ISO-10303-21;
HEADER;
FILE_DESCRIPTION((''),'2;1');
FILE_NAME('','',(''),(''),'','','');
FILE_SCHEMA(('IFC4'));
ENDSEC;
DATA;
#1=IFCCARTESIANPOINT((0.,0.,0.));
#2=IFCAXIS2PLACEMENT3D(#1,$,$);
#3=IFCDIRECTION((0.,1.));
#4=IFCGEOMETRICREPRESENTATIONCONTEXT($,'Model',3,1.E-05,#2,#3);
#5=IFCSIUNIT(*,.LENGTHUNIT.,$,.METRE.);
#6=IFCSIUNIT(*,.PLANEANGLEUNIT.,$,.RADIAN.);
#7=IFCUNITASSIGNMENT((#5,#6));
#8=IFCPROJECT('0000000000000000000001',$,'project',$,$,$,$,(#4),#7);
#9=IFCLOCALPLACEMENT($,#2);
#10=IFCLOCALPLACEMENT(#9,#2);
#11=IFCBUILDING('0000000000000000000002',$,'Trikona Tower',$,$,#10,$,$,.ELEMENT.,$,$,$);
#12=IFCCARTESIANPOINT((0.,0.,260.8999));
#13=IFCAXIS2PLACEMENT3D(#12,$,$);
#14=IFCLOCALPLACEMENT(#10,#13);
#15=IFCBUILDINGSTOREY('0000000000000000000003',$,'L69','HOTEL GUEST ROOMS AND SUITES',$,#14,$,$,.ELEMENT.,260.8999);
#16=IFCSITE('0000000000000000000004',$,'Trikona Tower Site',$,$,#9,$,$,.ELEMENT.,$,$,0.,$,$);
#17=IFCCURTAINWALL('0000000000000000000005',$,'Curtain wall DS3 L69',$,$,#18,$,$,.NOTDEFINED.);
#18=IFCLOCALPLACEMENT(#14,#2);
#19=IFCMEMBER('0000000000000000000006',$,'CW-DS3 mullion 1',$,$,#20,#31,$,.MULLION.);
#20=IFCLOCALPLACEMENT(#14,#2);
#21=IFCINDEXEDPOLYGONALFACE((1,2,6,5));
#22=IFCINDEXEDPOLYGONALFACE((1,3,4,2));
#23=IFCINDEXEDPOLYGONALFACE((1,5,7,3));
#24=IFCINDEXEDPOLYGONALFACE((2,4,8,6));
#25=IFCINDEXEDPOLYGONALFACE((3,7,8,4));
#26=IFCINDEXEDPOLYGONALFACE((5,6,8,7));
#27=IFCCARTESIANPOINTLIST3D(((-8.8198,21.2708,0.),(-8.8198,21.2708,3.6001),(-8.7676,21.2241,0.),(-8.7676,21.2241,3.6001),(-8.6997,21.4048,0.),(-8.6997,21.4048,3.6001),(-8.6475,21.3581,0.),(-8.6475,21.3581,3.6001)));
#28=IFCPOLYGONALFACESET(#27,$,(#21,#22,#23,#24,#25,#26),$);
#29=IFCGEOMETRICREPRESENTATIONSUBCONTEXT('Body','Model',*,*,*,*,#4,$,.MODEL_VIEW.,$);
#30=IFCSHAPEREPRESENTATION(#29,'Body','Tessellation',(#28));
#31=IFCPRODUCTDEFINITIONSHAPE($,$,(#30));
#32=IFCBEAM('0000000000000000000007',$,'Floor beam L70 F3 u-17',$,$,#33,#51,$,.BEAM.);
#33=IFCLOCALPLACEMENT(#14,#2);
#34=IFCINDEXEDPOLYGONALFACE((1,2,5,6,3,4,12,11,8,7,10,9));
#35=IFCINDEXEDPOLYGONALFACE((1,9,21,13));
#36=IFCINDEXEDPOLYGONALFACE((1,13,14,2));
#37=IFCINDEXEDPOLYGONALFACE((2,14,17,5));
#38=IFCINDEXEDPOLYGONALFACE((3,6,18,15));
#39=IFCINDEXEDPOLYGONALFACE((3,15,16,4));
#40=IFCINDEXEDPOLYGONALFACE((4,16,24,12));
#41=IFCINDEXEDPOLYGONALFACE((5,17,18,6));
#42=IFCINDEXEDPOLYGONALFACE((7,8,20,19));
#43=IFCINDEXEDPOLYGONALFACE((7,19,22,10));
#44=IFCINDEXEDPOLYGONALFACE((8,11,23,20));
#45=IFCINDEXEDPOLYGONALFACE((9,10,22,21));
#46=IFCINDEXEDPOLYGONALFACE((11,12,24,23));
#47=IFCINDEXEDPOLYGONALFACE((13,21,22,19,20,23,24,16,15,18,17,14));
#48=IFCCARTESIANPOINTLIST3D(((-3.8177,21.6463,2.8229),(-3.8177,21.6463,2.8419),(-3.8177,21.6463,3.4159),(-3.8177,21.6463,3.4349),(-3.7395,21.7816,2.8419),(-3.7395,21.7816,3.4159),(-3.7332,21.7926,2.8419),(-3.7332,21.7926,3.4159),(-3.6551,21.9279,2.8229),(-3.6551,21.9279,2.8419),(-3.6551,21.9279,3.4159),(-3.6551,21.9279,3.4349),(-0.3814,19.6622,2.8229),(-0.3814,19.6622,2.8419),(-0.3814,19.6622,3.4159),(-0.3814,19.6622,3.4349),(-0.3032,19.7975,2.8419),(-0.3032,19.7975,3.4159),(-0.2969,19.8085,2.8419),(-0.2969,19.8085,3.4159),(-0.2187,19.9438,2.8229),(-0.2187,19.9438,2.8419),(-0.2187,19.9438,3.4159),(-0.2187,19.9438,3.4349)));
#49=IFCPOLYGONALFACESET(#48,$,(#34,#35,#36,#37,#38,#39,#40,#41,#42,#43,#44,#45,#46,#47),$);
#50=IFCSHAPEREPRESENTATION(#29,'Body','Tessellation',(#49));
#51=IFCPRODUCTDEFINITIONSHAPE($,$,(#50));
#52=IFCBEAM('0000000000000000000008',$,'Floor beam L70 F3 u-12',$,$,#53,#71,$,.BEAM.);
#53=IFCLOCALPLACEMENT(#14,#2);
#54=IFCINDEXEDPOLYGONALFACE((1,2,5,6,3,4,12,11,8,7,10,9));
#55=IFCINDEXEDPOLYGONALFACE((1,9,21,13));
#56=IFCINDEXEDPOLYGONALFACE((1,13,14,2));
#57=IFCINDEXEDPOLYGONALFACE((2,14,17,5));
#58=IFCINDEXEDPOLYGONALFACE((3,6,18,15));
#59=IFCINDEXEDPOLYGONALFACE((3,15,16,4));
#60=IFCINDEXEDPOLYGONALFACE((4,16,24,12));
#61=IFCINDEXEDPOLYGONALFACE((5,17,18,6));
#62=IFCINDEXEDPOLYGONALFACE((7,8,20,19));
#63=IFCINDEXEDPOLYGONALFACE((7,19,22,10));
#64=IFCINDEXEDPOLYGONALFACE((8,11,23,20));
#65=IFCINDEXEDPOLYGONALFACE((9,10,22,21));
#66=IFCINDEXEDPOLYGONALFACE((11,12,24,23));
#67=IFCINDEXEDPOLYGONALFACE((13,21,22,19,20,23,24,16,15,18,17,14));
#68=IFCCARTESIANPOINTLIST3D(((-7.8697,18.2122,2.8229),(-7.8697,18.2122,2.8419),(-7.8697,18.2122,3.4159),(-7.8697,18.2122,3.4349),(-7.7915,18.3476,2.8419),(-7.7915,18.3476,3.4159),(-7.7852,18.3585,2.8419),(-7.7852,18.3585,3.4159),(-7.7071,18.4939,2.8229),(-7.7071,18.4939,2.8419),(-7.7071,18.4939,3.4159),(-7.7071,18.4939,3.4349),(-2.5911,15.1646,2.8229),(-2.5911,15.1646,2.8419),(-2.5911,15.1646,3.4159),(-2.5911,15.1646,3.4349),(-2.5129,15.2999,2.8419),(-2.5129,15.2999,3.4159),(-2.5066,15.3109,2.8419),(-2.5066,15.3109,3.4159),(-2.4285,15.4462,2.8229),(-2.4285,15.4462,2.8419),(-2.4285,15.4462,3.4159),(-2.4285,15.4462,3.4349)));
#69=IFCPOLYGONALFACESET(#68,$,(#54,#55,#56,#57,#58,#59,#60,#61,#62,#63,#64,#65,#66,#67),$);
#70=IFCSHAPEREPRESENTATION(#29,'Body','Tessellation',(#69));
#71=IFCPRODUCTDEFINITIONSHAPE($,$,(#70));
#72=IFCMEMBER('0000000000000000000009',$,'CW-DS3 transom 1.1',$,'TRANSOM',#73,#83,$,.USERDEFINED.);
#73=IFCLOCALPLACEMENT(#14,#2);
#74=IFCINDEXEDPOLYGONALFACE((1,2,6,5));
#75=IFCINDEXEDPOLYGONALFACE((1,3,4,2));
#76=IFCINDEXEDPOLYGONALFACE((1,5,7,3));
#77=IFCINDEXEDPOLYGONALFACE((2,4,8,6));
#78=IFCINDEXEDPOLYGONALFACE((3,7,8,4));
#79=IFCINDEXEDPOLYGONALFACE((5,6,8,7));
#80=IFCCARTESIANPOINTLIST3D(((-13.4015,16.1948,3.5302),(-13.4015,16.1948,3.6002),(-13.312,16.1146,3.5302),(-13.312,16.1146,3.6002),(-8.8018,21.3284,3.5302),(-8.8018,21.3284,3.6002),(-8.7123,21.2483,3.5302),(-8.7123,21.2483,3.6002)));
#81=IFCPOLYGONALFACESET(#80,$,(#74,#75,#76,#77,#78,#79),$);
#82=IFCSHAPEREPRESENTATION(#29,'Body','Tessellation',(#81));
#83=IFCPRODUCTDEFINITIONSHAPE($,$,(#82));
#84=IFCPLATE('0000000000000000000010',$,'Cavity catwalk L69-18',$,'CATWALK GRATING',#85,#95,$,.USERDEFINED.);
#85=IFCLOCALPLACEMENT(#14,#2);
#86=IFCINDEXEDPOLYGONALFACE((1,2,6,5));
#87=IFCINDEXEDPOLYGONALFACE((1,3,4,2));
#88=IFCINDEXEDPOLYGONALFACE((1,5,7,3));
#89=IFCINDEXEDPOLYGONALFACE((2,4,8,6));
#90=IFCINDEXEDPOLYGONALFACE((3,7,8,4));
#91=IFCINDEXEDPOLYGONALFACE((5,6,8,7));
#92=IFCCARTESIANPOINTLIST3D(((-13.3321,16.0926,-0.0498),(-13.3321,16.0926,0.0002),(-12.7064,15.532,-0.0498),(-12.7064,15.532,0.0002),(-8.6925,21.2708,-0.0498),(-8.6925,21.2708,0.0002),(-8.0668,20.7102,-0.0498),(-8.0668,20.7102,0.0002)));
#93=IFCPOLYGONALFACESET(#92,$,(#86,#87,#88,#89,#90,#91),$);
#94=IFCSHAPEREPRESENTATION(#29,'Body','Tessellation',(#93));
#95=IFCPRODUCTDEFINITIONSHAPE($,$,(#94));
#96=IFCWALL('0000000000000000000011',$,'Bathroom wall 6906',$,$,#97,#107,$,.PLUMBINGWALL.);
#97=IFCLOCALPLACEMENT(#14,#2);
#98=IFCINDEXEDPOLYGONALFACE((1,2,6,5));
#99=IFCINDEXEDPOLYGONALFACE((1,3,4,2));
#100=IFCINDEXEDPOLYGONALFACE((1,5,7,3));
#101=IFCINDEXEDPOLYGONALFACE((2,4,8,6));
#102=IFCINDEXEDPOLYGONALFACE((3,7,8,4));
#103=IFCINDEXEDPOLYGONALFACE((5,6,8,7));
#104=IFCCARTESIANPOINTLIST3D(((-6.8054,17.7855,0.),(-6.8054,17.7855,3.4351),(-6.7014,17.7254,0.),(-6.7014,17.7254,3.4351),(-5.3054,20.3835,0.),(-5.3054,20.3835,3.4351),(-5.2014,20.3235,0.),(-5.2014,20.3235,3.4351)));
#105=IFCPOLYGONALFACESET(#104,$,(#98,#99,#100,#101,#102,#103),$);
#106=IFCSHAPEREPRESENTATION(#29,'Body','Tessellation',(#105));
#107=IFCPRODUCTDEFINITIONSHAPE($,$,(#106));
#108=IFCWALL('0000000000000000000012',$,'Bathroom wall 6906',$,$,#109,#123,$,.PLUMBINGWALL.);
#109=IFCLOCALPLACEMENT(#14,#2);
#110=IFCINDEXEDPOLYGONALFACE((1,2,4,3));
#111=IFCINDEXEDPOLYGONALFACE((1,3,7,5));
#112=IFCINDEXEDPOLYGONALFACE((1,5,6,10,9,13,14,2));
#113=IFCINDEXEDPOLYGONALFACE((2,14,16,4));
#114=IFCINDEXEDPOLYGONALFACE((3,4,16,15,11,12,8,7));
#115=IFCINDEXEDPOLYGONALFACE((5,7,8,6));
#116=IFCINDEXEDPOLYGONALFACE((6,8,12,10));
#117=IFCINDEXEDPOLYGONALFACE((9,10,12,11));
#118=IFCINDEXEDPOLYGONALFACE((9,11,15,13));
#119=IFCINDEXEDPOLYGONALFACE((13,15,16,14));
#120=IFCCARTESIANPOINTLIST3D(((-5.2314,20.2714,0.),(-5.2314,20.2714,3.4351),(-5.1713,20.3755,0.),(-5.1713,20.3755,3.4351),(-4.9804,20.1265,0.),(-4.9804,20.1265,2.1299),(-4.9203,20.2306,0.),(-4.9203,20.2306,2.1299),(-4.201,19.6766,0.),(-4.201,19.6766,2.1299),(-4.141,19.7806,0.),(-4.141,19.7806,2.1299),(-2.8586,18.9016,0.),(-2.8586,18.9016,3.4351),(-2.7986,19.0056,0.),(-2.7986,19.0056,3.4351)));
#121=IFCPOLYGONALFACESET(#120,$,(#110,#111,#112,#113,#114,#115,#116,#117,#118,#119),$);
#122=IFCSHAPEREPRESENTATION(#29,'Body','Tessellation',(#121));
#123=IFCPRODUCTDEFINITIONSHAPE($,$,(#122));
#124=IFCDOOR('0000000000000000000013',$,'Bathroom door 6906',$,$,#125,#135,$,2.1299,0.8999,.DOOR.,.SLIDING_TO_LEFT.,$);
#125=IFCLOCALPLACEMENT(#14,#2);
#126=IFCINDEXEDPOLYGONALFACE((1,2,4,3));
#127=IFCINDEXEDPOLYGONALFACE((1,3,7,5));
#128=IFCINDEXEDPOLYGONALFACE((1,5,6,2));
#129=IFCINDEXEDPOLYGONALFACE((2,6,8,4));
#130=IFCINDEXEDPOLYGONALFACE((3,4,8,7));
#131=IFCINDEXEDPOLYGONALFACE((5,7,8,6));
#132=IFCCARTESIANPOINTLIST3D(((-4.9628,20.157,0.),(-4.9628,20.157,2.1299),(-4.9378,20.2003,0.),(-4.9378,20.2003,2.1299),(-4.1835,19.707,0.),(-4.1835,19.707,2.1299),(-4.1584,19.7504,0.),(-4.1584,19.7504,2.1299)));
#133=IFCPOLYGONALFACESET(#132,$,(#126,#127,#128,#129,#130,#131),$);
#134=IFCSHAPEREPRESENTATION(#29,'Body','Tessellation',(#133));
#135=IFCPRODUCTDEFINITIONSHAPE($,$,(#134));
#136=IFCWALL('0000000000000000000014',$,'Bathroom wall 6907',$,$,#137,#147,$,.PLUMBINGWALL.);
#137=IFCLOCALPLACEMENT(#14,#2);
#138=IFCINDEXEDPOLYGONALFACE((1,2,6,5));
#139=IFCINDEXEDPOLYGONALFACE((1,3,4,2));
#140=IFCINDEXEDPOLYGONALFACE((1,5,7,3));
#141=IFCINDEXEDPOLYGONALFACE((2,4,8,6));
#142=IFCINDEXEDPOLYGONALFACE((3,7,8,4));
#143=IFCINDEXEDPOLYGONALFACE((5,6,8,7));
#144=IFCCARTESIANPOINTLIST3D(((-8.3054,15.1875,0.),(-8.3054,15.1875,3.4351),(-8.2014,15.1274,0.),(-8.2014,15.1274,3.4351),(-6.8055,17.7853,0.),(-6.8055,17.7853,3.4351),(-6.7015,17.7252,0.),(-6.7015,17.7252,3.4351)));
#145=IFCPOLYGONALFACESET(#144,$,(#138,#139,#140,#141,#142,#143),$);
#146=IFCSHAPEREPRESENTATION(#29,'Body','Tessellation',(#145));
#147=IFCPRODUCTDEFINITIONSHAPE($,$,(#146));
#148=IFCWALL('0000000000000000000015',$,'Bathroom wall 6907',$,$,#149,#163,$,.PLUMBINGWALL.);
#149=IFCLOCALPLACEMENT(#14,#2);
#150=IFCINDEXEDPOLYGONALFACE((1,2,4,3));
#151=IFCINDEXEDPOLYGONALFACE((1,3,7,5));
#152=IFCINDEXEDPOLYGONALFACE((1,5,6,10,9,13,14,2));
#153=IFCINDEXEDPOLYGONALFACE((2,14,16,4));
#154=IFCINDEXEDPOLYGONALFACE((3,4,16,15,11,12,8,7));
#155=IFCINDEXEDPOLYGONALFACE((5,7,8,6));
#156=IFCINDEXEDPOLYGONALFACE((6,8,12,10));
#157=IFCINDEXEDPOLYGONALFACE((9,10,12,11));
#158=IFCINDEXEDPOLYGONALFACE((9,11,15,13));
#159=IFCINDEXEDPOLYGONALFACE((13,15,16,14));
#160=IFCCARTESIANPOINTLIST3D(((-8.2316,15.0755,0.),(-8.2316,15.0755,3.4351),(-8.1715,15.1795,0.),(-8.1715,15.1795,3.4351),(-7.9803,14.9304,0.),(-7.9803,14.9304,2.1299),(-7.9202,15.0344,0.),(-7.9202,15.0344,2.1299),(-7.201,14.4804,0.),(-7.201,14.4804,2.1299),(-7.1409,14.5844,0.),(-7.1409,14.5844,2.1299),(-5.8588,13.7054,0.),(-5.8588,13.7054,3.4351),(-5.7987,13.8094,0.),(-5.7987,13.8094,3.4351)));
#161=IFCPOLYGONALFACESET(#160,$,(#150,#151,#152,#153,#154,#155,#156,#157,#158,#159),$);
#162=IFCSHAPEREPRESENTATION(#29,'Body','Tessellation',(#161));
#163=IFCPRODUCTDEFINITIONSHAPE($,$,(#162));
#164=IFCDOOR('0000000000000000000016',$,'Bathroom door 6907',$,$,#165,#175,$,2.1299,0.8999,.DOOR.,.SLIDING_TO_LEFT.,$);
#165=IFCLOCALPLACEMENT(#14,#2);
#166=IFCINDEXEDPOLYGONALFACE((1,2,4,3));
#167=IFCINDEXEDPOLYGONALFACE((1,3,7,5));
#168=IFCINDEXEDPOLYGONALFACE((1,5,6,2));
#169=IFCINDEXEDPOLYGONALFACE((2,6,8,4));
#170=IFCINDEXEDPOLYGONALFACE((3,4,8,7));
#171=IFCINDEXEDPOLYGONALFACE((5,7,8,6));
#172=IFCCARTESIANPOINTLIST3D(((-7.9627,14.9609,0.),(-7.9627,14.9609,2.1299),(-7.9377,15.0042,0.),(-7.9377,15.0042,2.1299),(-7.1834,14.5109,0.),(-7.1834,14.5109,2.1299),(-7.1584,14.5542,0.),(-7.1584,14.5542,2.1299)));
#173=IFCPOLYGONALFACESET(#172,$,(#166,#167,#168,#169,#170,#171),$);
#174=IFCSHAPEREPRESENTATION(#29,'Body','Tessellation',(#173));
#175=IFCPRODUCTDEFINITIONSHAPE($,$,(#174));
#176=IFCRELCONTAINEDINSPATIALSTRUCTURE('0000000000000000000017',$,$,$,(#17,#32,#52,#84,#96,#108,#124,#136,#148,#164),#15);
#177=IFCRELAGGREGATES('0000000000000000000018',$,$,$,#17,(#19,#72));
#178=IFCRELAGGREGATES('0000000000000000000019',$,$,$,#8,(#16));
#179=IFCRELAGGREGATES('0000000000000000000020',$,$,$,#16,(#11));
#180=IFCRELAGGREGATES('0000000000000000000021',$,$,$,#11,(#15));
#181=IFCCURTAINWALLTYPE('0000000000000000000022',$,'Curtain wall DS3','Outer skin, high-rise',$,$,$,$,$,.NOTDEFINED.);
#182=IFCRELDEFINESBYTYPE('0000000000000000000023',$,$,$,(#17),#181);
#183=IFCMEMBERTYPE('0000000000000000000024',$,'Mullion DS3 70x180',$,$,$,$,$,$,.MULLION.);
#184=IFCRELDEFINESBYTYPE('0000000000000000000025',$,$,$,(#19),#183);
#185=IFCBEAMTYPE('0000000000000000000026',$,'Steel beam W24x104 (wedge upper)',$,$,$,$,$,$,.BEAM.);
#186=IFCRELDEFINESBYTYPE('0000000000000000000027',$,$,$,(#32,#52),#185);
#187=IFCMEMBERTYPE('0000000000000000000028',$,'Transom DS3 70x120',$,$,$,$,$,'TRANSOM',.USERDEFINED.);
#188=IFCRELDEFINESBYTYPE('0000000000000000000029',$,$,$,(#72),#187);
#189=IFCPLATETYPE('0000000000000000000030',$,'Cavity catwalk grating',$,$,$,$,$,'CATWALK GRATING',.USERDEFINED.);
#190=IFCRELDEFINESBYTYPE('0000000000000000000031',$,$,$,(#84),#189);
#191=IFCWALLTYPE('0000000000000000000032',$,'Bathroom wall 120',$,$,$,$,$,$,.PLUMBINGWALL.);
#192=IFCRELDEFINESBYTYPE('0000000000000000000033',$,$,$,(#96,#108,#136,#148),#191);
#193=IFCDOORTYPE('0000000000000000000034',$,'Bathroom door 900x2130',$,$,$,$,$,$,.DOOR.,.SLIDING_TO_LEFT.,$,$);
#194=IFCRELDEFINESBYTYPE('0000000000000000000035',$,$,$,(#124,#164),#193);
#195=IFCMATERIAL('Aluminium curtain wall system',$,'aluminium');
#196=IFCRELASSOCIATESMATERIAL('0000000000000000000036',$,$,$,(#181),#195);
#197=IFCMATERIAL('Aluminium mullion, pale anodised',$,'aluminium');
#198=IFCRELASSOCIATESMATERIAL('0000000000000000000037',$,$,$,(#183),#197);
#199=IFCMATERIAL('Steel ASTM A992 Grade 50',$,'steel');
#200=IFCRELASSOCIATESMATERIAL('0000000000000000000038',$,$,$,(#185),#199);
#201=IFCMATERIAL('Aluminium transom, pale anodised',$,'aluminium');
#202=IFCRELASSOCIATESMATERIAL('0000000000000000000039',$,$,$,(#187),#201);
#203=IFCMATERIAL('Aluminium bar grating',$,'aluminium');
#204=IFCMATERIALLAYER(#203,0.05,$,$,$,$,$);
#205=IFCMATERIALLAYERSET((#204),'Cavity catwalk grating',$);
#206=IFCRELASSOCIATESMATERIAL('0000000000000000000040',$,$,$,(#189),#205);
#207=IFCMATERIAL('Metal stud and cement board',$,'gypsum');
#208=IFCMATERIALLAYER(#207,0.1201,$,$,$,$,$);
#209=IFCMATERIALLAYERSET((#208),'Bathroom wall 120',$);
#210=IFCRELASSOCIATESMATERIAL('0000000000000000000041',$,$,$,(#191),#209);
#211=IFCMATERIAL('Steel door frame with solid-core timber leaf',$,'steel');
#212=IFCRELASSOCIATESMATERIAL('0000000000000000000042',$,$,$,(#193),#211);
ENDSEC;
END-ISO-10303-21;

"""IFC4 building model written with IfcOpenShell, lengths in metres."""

from ifc_helpers import new_model, si_unit, direction, frame, frame_2d, origin, origin_2d, place, context, subcontext, project, spatial, rectangle, i_section, extrude, material, layer, layer_set, material_profile, profile_set, type_object, element, fill, aggregate, save


model = new_model("IFC4")

# Units and contexts
model_context = context("Model", 3, precision=1e-05, world=origin(), true_north=direction((0.0, 1.0)))
body_context = subcontext(model_context, "Body", "Model", "MODEL_VIEW")
ifc_project = project(units=[si_unit("LENGTHUNIT", "METRE"), si_unit("PLANEANGLEUNIT", "RADIAN")], contexts=[model_context])

# Site, building, storey
site_placement = place(None, origin())
site = spatial("IfcSite", under=ifc_project, at=site_placement, Name="Trikona Tower Site", CompositionType="ELEMENT", RefElevation=0.0)
building_placement = place(site_placement, origin())
building = spatial("IfcBuilding", under=site, at=building_placement, Name="Trikona Tower", CompositionType="ELEMENT")
storey_placement = place(building_placement, frame((0.0, 0.0, 260.8999)))
storey = spatial("IfcBuildingStorey", under=building, at=storey_placement, Name="L69", Description="HOTEL GUEST ROOMS AND SUITES", CompositionType="ELEMENT", Elevation=260.8999)

# Curtain wall, member
ifc_material_1 = material(Name="Aluminium curtain wall system", Category="aluminium")
curtain_wall_type = type_object("IfcCurtainWallType", Name="Curtain wall DS3", Description="Outer skin, high-rise", PredefinedType="NOTDEFINED", material=ifc_material_1)
curtain_wall_placement = place(storey_placement, origin())
curtain_wall = element("IfcCurtainWall", 1, at=curtain_wall_placement, inside=storey, type_object=curtain_wall_type, Name="Curtain wall DS3 L69", PredefinedType="NOTDEFINED")
ifc_material_2 = material(Name="Aluminium mullion, pale anodised", Category="aluminium")
ifc_material_profile_1 = material_profile(ifc_material_2, rectangle(XDim=0.0701, YDim=0.1799, at=origin_2d()), Name="MUL-DS3")
ifc_profile_set_1 = profile_set([ifc_material_profile_1], Name="Aluminium mullion, pale anodised")
member_type_1 = type_object("IfcMemberType", Name="Mullion DS3 70x180", PredefinedType="MULLION", material=ifc_profile_set_1)
member_1_placement = place(storey_placement, frame((-8.7336, 21.3145, 0.0), z_axis=(0.0, 0.0, 1.0), x_axis=(0.744771, -0.66732, 0.0)))
member_1 = element("IfcMember", 2, at=member_1_placement, type_object=member_type_1, Name="CW-DS3 mullion 1", PredefinedType="MULLION", context=body_context, shape_type="SweptSolid", body=[
    extrude(rectangle(XDim=0.0701, YDim=0.1799, at=origin_2d()), origin(), (0.0, 0.0, 1.0), 3.6001),
])

# Beams
ifc_material_3 = material(Name="Steel ASTM A992 Grade 50", Category="steel")
ifc_material_profile_2 = material_profile(ifc_material_3, i_section(OverallWidth=0.3252, OverallDepth=0.6121, WebThickness=0.0127, FlangeThickness=0.019, at=origin_2d()), Name="W24X104")
ifc_profile_set_2 = profile_set([ifc_material_profile_2], Name="Steel ASTM A992 Grade 50")
beam_type = type_object("IfcBeamType", Name="Steel beam W24x104 (wedge upper)", PredefinedType="BEAM", material=ifc_profile_set_2)
beam_1_placement = place(storey_placement, frame((-0.3, 19.803, 3.1289), z_axis=(-0.866004, 0.500037, 0.0), x_axis=(-0.500037, -0.866004, 0.0)))
element("IfcBeam", 3, at=beam_1_placement, inside=storey, type_object=beam_type, Name="Floor beam L70 F3 u-17", PredefinedType="BEAM", context=body_context, shape_type="SweptSolid", body=[
    extrude(i_section(OverallWidth=0.3252, OverallDepth=0.6121, WebThickness=0.0127, FlangeThickness=0.019, at=origin_2d()), origin(), (0.0, 0.0, 1.0), 3.968),
])
beam_2_placement = place(storey_placement, frame((-2.5098, 15.3054, 3.1289), z_axis=(-0.866023, 0.500003, 0.0), x_axis=(-0.500003, -0.866023, 0.0)))
element("IfcBeam", 4, at=beam_2_placement, inside=storey, type_object=beam_type, Name="Floor beam L70 F3 u-12", PredefinedType="BEAM", context=body_context, shape_type="SweptSolid", body=[
    extrude(i_section(OverallWidth=0.3252, OverallDepth=0.6121, WebThickness=0.0127, FlangeThickness=0.019, at=origin_2d()), origin(), (0.0, 0.0, 1.0), 6.0952),
])

# Member
ifc_material_4 = material(Name="Aluminium transom, pale anodised", Category="aluminium")
ifc_material_profile_3 = material_profile(ifc_material_4, rectangle(XDim=0.1201, YDim=0.0701, at=origin_2d()), Name="TRN-DS3")
ifc_profile_set_3 = profile_set([ifc_material_profile_3], Name="Aluminium transom, pale anodised")
member_type_2 = type_object("IfcMemberType", Name="Transom DS3 70x120", ElementType="TRANSOM", PredefinedType="USERDEFINED", material=ifc_profile_set_3)
member_2_placement = place(storey_placement, frame((-8.7571, 21.2883, 3.5652), z_axis=(-0.667313, -0.744777, 0.0), x_axis=(0.744777, -0.667313, 0.0)))
member_2 = element("IfcMember", 5, at=member_2_placement, type_object=member_type_2, Name="CW-DS3 transom 1.1", ObjectType="TRANSOM", PredefinedType="USERDEFINED", context=body_context, shape_type="SweptSolid", body=[
    extrude(rectangle(XDim=0.1201, YDim=0.0701, at=origin_2d()), origin(), (0.0, 0.0, 1.0), 6.8928),
])
aggregate(curtain_wall, [member_1, member_2])

# Plate
ifc_material_5 = material(Name="Aluminium bar grating", Category="aluminium")
ifc_layer_1 = layer(ifc_material_5, 0.05)
ifc_layer_set_1 = layer_set([ifc_layer_1], Name="Cavity catwalk grating")
plate_type = type_object("IfcPlateType", Name="Cavity catwalk grating", ElementType="CATWALK GRATING", PredefinedType="USERDEFINED", material=ifc_layer_set_1)
plate_placement = place(storey_placement, frame((-10.6995, 18.4014, -0.0498), z_axis=(0.0, 0.0, 1.0), x_axis=(-0.667311, -0.744779, 0.0)))
element("IfcPlate", 6, at=plate_placement, inside=storey, type_object=plate_type, Name="Cavity catwalk L69-18", ObjectType="CATWALK GRATING", PredefinedType="USERDEFINED", context=body_context, shape_type="SweptSolid", body=[
    extrude(rectangle(XDim=6.9526, YDim=0.8401, at=origin_2d()), origin(), (0.0, 0.0, 1.0), 0.05),
])

# Wall
ifc_material_6 = material(Name="Metal stud and cement board", Category="gypsum")
ifc_layer_2 = layer(ifc_material_6, 0.1201)
ifc_layer_set_2 = layer_set([ifc_layer_2], Name="Bathroom wall 120")
wall_type_1 = type_object("IfcWallType", Name="Bathroom wall 120", PredefinedType="PLUMBINGWALL", material=ifc_layer_set_2)
wall_1_placement = place(storey_placement, frame((-5.2534, 20.3535, 0.0), z_axis=(0.0, 0.0, 1.0), x_axis=(-0.49999, -0.866031, 0.0)))
element("IfcWall", 7, at=wall_1_placement, inside=storey, type_object=wall_type_1, Name="Bathroom wall 6906", PredefinedType="PLUMBINGWALL", context=body_context, shape_type="SweptSolid", body=[
    extrude(rectangle(XDim=3.0, YDim=0.1201, at=frame_2d((1.5, 0.0))), origin(), (0.0, 0.0, 1.0), 3.4351),
])

# Wall, opening, door
wall_2_placement = place(storey_placement, frame((-2.8286, 18.9536, 0.0), z_axis=(0.0, 0.0, 1.0), x_axis=(-0.866036, 0.499982, 0.0)))
wall_2 = element("IfcWall", 8, at=wall_2_placement, inside=storey, type_object=wall_type_1, Name="Bathroom wall 6906", PredefinedType="PLUMBINGWALL", context=body_context, shape_type="SweptSolid", body=[
    extrude(rectangle(XDim=2.7397, YDim=0.1201, at=frame_2d((1.3699, 0.0))), origin(), (0.0, 0.0, 1.0), 3.4351),
])
opening_1_placement = place(wall_2_placement, frame((1.55, 0.0, 0.0)))
opening_1 = element("IfcOpeningElement", 9, at=opening_1_placement, cuts=wall_2, PredefinedType="OPENING", context=body_context, shape_type="SweptSolid", body=[
    extrude(rectangle(XDim=0.8999, YDim=2.1299, at=frame_2d((0.45, 1.0649))), frame((0.0, 0.0701, 0.0), z_axis=(0.0, -1.0, 0.0), x_axis=(1.0, 0.0, 0.0)), (0.0, 0.0, 1.0), 0.1401),
])
ifc_material_7 = material(Name="Steel door frame with solid-core timber leaf", Category="steel")
door_type_1 = type_object("IfcDoorType", Name="Bathroom door 900x2130", OperationType="SLIDING_TO_LEFT", PredefinedType="DOOR", material=ifc_material_7)
door_1_placement = place(opening_1_placement, origin())
door_1 = element("IfcDoor", 10, at=door_1_placement, inside=storey, type_object=door_type_1, Name="Bathroom door 6906", OperationType="SLIDING_TO_LEFT", OverallHeight=2.1299, OverallWidth=0.8999, PredefinedType="DOOR", context=body_context, shape_type="SweptSolid", body=[
    extrude(rectangle(XDim=0.8999, YDim=2.1299, at=frame_2d((0.45, 1.0649))), frame((0.0, 0.0249, 0.0), z_axis=(0.0, -1.0, 0.0), x_axis=(1.0, 0.0, 0.0)), (0.0, 0.0, 1.0), 0.05),
])
fill(opening_1, door_1)

# Wall
wall_3_placement = place(storey_placement, frame((-6.7534, 17.7554, 0.0), z_axis=(0.0, 0.0, 1.0), x_axis=(-0.500025, -0.866011, 0.0)))
element("IfcWall", 11, at=wall_3_placement, inside=storey, type_object=wall_type_1, Name="Bathroom wall 6907", PredefinedType="PLUMBINGWALL", context=body_context, shape_type="SweptSolid", body=[
    extrude(rectangle(XDim=2.9998, YDim=0.1201, at=frame_2d((1.5, 0.0))), origin(), (0.0, 0.0, 1.0), 3.4351),
])

# Wall, opening, door
wall_4_placement = place(storey_placement, frame((-5.8286, 13.7573, 0.0), z_axis=(0.0, 0.0, 1.0), x_axis=(-0.865997, 0.500049, 0.0)))
wall_4 = element("IfcWall", 12, at=wall_4_placement, inside=storey, type_object=wall_type_1, Name="Bathroom wall 6907", PredefinedType="PLUMBINGWALL", context=body_context, shape_type="SweptSolid", body=[
    extrude(rectangle(XDim=2.74, YDim=0.1201, at=frame_2d((1.3701, 0.0))), origin(), (0.0, 0.0, 1.0), 3.4351),
])
opening_2_placement = place(wall_4_placement, frame((1.55, 0.0, 0.0)))
opening_2 = element("IfcOpeningElement", 13, at=opening_2_placement, cuts=wall_4, PredefinedType="OPENING", context=body_context, shape_type="SweptSolid", body=[
    extrude(rectangle(XDim=0.8999, YDim=2.1299, at=frame_2d((0.45, 1.0649))), frame((0.0, 0.0701, 0.0), z_axis=(0.0, -1.0, 0.0), x_axis=(1.0, 0.0, 0.0)), (0.0, 0.0, 1.0), 0.1401),
])
door_2_placement = place(opening_2_placement, origin())
door_2 = element("IfcDoor", 14, at=door_2_placement, inside=storey, type_object=door_type_1, Name="Bathroom door 6907", OperationType="SLIDING_TO_LEFT", OverallHeight=2.1299, OverallWidth=0.8999, PredefinedType="DOOR", context=body_context, shape_type="SweptSolid", body=[
    extrude(rectangle(XDim=0.8999, YDim=2.1299, at=frame_2d((0.45, 1.0649))), frame((0.0, 0.0249, 0.0), z_axis=(0.0, -1.0, 0.0), x_axis=(1.0, 0.0, 0.0)), (0.0, 0.0, 1.0), 0.05),
])
fill(opening_2, door_2)

save(model, "model.ifc")
